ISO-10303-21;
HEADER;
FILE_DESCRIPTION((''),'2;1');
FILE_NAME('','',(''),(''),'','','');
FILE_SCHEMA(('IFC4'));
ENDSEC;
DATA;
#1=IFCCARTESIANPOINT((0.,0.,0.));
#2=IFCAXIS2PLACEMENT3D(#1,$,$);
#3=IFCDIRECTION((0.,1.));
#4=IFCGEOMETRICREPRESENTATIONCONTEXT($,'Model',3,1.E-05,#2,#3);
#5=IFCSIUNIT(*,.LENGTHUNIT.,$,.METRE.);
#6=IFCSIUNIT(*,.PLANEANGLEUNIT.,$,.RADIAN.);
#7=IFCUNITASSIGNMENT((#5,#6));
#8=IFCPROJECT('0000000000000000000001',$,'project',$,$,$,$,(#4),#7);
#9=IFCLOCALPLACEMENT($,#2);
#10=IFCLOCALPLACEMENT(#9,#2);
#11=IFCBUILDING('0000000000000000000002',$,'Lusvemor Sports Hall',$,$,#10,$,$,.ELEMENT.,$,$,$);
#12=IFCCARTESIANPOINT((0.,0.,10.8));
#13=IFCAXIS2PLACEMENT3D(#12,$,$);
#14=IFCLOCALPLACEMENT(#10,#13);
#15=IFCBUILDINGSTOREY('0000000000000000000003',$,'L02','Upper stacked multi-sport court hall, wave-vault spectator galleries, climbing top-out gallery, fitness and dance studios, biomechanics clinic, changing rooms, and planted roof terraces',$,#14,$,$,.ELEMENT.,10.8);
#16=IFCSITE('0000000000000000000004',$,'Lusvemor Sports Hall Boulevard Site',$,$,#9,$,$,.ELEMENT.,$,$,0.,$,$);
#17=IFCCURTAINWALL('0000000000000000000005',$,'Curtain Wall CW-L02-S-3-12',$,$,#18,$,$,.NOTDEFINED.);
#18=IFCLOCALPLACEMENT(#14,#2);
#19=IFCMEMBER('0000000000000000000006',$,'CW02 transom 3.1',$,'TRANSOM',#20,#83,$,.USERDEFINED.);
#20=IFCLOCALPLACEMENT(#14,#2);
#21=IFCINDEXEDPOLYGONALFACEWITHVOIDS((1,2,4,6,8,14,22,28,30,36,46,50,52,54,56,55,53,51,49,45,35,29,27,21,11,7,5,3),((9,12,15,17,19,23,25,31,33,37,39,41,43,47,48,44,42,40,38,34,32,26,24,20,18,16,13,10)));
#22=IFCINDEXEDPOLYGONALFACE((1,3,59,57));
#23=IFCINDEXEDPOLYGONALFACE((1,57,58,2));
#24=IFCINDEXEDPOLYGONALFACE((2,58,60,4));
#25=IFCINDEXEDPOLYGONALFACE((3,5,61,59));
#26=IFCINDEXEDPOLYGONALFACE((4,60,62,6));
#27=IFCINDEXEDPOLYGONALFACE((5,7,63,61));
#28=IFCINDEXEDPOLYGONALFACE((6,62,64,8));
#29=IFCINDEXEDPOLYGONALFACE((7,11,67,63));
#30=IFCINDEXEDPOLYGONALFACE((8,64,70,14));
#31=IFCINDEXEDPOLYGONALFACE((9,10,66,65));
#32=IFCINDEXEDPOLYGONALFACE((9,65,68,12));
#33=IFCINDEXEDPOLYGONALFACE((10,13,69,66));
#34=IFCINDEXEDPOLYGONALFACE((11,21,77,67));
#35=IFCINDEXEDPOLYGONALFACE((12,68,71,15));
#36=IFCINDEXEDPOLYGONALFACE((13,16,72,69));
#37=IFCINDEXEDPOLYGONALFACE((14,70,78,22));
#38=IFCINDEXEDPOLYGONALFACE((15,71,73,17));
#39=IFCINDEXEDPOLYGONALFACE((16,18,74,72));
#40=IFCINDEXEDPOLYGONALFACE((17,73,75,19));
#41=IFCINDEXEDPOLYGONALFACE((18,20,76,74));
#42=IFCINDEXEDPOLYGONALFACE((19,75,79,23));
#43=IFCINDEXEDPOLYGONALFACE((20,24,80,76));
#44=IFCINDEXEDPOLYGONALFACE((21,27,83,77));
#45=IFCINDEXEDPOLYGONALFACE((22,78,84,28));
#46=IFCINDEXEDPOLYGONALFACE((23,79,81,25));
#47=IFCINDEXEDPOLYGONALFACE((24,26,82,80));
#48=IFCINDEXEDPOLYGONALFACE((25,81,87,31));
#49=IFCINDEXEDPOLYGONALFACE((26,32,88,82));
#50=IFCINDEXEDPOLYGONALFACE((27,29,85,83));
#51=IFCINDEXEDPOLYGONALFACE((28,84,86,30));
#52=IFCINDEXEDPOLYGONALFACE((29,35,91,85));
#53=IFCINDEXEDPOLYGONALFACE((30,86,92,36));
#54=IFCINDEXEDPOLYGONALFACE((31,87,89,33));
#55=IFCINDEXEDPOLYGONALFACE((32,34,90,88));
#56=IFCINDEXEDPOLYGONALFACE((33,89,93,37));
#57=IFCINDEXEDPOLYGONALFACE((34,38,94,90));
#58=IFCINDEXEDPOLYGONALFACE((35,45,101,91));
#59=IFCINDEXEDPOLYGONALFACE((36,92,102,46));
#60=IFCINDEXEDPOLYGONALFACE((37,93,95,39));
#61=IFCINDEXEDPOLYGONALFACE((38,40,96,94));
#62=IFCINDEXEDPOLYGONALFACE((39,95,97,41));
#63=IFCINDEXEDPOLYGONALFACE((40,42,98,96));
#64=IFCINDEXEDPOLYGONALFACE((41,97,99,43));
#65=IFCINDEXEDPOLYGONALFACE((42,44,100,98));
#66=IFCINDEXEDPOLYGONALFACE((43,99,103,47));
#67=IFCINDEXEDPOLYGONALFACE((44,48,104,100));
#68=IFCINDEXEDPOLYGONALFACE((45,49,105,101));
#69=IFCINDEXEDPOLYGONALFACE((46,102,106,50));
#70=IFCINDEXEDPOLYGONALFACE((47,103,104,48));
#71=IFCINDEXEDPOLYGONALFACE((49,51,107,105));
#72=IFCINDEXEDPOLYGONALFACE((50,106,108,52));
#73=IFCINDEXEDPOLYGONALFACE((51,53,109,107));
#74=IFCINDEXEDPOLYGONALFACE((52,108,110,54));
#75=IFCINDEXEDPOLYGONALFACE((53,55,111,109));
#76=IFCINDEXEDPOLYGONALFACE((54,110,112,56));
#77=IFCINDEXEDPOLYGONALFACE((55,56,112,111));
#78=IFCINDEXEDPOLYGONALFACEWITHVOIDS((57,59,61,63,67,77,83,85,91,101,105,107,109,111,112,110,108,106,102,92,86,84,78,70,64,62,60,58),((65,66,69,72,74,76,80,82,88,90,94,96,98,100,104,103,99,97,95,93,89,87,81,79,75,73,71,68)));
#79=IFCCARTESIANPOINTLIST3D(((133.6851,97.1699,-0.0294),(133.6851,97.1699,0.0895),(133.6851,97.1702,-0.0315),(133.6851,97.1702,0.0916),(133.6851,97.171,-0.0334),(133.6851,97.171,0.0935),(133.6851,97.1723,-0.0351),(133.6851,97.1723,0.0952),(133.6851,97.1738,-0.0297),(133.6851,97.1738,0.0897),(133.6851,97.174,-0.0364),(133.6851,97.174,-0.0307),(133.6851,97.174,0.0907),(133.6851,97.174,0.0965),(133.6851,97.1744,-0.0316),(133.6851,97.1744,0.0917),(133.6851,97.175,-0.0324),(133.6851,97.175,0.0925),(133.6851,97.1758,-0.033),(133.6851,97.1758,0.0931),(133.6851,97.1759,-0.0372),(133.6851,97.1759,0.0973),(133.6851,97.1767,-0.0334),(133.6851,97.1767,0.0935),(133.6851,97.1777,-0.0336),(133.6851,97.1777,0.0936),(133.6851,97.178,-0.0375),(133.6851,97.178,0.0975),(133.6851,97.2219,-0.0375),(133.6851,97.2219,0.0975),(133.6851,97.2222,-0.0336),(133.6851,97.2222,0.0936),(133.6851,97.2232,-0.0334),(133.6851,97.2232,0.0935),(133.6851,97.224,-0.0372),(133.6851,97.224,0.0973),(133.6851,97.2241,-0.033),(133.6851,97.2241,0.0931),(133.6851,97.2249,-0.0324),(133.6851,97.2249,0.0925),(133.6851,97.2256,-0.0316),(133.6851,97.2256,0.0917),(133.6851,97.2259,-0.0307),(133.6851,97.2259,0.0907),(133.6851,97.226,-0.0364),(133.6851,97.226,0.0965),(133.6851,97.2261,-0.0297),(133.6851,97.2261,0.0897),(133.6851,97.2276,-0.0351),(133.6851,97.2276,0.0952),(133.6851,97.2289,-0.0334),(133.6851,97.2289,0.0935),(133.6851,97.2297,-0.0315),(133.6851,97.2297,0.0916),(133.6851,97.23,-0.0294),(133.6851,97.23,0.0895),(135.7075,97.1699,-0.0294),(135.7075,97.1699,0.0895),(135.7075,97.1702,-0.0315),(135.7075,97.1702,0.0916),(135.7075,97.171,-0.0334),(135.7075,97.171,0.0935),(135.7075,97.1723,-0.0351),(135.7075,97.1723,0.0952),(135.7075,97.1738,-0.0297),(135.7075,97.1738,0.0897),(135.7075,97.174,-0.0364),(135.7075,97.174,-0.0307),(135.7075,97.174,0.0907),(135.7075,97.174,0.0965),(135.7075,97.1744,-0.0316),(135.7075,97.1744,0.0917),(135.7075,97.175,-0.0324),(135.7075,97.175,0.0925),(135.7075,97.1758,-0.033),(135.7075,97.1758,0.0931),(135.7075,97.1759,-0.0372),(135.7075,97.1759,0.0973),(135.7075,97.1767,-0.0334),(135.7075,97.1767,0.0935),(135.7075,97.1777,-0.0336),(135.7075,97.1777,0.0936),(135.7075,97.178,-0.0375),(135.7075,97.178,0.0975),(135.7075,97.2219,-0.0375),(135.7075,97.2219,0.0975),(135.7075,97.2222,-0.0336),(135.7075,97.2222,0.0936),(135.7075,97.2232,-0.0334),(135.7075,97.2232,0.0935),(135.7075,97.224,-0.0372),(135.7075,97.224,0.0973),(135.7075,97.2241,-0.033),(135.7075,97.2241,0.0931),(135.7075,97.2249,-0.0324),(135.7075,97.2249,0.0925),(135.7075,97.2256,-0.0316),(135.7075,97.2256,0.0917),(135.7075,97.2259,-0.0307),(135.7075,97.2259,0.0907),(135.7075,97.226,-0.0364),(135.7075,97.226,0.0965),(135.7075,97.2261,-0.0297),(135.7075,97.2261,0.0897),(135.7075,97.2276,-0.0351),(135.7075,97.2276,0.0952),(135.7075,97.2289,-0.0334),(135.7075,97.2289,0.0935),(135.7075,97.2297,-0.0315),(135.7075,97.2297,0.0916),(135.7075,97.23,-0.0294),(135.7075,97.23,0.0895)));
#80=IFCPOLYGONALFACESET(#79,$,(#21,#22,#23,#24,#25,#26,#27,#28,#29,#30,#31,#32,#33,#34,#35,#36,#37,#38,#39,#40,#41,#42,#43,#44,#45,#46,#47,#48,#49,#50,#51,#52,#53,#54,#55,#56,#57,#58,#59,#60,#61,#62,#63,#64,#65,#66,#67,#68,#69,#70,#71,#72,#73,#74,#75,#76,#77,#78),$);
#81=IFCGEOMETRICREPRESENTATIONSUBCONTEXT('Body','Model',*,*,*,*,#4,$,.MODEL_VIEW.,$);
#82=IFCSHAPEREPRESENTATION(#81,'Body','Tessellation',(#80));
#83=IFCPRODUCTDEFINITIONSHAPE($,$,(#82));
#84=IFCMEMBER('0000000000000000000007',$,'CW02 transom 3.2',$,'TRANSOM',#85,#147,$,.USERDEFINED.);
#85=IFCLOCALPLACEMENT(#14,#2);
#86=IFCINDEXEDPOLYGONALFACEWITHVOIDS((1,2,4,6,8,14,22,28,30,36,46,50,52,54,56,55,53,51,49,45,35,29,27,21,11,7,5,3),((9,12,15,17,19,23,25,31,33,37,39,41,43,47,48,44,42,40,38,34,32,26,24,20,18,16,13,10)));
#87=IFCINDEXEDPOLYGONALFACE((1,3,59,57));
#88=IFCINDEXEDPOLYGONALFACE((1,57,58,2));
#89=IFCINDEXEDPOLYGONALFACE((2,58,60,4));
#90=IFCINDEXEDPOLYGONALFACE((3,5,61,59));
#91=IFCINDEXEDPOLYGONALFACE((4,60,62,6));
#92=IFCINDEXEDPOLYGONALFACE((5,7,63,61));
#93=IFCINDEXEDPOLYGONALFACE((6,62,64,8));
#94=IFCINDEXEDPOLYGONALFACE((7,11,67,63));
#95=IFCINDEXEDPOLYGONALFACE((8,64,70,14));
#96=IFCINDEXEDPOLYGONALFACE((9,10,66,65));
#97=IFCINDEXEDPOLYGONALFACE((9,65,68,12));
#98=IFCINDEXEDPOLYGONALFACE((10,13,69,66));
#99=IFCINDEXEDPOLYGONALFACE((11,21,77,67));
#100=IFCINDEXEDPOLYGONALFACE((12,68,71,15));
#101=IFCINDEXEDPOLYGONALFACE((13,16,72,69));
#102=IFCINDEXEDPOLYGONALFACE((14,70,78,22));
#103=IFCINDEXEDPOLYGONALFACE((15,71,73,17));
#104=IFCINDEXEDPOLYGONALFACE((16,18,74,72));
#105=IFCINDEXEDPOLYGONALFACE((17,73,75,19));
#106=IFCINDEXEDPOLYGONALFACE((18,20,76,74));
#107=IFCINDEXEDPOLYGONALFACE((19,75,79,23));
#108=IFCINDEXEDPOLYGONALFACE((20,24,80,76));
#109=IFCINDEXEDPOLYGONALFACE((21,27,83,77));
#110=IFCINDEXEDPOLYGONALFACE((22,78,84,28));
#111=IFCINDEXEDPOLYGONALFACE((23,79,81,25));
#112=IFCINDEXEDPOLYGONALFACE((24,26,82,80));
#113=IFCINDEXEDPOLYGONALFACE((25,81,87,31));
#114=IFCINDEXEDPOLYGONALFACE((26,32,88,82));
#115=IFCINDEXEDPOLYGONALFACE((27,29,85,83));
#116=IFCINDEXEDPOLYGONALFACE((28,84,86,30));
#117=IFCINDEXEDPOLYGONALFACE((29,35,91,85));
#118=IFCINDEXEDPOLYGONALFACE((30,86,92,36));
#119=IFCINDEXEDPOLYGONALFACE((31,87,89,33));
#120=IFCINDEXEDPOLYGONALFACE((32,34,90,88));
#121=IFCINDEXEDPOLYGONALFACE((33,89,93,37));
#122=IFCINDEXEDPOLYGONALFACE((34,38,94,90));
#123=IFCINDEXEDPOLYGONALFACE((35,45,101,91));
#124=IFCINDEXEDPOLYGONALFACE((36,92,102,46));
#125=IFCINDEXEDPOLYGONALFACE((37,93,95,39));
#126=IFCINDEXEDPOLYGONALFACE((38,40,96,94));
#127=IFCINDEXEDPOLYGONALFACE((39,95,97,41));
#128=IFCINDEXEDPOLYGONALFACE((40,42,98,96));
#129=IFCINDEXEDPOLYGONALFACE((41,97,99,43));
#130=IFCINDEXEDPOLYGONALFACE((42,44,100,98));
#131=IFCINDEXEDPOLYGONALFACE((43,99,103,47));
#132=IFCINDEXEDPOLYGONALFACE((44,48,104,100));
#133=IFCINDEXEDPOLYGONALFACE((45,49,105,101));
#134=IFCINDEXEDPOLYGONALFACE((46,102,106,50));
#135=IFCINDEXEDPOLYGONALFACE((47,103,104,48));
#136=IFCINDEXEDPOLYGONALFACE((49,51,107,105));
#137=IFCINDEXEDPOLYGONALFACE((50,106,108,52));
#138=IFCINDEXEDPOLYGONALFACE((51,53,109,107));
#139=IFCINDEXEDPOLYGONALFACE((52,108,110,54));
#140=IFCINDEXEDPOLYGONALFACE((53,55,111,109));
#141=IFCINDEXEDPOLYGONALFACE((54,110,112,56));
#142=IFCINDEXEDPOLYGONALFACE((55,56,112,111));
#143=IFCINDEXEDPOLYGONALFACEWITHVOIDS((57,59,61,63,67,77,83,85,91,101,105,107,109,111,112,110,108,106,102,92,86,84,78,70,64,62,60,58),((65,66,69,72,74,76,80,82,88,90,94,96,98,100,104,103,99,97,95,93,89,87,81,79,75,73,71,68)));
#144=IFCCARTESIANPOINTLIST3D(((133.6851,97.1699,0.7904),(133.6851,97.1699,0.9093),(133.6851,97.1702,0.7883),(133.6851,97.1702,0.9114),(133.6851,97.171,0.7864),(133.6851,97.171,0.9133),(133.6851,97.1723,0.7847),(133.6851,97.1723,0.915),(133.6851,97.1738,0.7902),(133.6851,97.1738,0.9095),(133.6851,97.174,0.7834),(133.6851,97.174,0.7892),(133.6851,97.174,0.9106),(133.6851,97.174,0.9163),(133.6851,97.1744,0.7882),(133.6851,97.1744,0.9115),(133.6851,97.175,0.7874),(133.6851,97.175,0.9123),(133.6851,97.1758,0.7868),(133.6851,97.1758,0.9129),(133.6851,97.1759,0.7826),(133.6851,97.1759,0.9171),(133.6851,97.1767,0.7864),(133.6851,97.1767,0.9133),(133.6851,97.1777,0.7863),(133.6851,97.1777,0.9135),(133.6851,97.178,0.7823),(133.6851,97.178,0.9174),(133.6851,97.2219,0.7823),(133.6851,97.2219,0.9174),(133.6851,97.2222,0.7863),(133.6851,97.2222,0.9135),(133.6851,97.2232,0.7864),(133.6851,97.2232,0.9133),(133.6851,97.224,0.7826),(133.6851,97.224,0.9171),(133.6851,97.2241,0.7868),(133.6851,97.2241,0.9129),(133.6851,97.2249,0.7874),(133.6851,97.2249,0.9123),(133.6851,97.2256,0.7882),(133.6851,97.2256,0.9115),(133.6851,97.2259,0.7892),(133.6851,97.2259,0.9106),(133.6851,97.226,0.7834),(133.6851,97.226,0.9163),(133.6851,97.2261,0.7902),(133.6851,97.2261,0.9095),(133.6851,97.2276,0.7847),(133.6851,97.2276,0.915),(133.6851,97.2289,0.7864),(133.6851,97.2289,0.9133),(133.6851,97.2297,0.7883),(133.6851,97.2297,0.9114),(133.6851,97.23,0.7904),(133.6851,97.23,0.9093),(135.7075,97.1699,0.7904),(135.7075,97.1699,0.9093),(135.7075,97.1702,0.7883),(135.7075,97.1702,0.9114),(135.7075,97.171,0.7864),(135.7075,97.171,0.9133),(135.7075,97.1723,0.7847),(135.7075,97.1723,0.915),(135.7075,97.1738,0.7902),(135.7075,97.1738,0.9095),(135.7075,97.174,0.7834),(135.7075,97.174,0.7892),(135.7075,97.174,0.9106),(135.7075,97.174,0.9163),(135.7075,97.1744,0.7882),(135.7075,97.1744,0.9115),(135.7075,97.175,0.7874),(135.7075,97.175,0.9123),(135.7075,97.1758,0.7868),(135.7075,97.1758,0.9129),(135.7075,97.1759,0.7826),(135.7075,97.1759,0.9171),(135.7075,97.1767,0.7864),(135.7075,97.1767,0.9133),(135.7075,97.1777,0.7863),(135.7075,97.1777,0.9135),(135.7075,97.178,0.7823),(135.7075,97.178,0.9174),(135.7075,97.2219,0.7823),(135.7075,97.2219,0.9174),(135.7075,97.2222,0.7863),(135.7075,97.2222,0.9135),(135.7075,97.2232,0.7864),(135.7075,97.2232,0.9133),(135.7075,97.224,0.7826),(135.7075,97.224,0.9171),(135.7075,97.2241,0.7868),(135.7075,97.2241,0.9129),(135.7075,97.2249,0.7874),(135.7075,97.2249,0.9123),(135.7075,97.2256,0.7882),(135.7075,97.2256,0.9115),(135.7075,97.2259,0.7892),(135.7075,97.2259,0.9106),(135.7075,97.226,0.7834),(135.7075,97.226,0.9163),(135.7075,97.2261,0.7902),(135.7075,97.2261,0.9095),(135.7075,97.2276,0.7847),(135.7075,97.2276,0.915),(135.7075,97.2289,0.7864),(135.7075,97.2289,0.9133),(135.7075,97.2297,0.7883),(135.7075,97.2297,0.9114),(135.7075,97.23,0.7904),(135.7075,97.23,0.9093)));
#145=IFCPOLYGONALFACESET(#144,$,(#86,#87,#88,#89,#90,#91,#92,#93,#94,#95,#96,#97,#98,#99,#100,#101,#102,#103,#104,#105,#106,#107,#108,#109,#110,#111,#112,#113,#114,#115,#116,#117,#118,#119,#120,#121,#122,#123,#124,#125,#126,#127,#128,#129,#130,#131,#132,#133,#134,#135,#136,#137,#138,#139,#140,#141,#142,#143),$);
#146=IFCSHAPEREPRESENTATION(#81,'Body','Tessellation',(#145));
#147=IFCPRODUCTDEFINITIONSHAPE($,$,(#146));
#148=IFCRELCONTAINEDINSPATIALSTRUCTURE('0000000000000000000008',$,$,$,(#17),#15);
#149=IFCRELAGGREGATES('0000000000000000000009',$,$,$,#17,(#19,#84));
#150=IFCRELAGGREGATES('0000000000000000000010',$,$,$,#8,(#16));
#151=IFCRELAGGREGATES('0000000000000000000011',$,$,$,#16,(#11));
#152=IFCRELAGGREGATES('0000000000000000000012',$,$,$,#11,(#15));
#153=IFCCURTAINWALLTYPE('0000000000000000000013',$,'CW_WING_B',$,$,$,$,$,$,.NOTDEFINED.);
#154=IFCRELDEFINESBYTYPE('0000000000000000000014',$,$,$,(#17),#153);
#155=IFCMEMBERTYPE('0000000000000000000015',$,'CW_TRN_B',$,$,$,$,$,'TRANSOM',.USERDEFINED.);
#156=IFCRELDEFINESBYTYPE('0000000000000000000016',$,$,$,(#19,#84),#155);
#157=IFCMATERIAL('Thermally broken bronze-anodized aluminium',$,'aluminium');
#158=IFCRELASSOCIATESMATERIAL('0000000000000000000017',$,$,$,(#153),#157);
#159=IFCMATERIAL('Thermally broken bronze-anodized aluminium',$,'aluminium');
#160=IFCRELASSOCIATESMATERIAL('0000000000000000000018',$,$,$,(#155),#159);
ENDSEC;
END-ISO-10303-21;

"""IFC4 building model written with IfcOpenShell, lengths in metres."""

from ifc_helpers import new_model, si_unit, direction, frame, origin, origin_2d, place, context, subcontext, project, spatial, hollow_rectangle, extrude, material, material_profile, profile_set, type_object, element, aggregate, save


model = new_model("IFC4")

# Units and contexts
model_context = context("Model", 3, precision=1e-05, world=origin(), true_north=direction((0.0, 1.0)))
body_context = subcontext(model_context, "Body", "Model", "MODEL_VIEW")
ifc_project = project(units=[si_unit("LENGTHUNIT", "METRE"), si_unit("PLANEANGLEUNIT", "RADIAN")], contexts=[model_context])

# Site, building, storey
site_placement = place(None, origin())
site = spatial("IfcSite", under=ifc_project, at=site_placement, Name="Lusvemor Sports Hall Boulevard Site", CompositionType="ELEMENT", RefElevation=0.0)
building_placement = place(site_placement, origin())
building = spatial("IfcBuilding", under=site, at=building_placement, Name="Lusvemor Sports Hall", CompositionType="ELEMENT")
storey_placement = place(building_placement, frame((0.0, 0.0, 10.8)))
storey = spatial("IfcBuildingStorey", under=building, at=storey_placement, Name="L02", Description="Upper stacked multi-sport court hall, wave-vault spectator galleries, climbing top-out gallery, fitness and dance studios, biomechanics clinic, changing rooms, and planted roof terraces", CompositionType="ELEMENT", Elevation=10.8)

# Curtain wall, members
ifc_material_1 = material(Name="Thermally broken bronze-anodized aluminium", Category="aluminium")
curtain_wall_type = type_object("IfcCurtainWallType", Name="CW_WING_B", PredefinedType="NOTDEFINED", material=ifc_material_1)
curtain_wall_placement = place(storey_placement, origin())
curtain_wall = element("IfcCurtainWall", 1, at=curtain_wall_placement, inside=storey, type_object=curtain_wall_type, Name="Curtain Wall CW-L02-S-3-12", PredefinedType="NOTDEFINED")
ifc_material_2 = material(Name="Thermally broken bronze-anodized aluminium", Category="aluminium")
ifc_material_profile_1 = material_profile(ifc_material_2, hollow_rectangle(XDim=0.0601, YDim=0.135, WallThickness=0.0039, InnerFilletRadius=0.0039, OuterFilletRadius=0.0081, at=origin_2d()), Name="CWTRN135x60x4")
ifc_profile_set_1 = profile_set([ifc_material_profile_1], Name="Thermally broken bronze-anodized aluminium")
member_type_1 = type_object("IfcMemberType", Name="CW_TRN_B", ElementType="TRANSOM", PredefinedType="USERDEFINED", material=ifc_profile_set_1)
member_1_placement = place(storey_placement, frame((135.7075, 97.2, 0.03), z_axis=(-1.0, 0.0, 0.0), x_axis=(0.0, -1.0, 0.0)))
member_1 = element("IfcMember", 2, at=member_1_placement, type_object=member_type_1, Name="CW02 transom 3.1", ObjectType="TRANSOM", PredefinedType="USERDEFINED", context=body_context, shape_type="SweptSolid", body=[
    extrude(hollow_rectangle(XDim=0.0601, YDim=0.135, WallThickness=0.0039, InnerFilletRadius=0.0039, OuterFilletRadius=0.0081, at=origin_2d()), origin(), (0.0, 0.0, 1.0), 2.0225),
])
member_2_placement = place(storey_placement, frame((135.7075, 97.2, 0.8499), z_axis=(-1.0, 0.0, 0.0), x_axis=(0.0, -1.0, 0.0)))
member_2 = element("IfcMember", 3, at=member_2_placement, type_object=member_type_1, Name="CW02 transom 3.2", ObjectType="TRANSOM", PredefinedType="USERDEFINED", context=body_context, shape_type="SweptSolid", body=[
    extrude(hollow_rectangle(XDim=0.0601, YDim=0.135, WallThickness=0.0039, InnerFilletRadius=0.0039, OuterFilletRadius=0.0081, at=origin_2d()), origin(), (0.0, 0.0, 1.0), 2.0225),
])
aggregate(curtain_wall, [member_1, member_2])

save(model, "model.ifc")
